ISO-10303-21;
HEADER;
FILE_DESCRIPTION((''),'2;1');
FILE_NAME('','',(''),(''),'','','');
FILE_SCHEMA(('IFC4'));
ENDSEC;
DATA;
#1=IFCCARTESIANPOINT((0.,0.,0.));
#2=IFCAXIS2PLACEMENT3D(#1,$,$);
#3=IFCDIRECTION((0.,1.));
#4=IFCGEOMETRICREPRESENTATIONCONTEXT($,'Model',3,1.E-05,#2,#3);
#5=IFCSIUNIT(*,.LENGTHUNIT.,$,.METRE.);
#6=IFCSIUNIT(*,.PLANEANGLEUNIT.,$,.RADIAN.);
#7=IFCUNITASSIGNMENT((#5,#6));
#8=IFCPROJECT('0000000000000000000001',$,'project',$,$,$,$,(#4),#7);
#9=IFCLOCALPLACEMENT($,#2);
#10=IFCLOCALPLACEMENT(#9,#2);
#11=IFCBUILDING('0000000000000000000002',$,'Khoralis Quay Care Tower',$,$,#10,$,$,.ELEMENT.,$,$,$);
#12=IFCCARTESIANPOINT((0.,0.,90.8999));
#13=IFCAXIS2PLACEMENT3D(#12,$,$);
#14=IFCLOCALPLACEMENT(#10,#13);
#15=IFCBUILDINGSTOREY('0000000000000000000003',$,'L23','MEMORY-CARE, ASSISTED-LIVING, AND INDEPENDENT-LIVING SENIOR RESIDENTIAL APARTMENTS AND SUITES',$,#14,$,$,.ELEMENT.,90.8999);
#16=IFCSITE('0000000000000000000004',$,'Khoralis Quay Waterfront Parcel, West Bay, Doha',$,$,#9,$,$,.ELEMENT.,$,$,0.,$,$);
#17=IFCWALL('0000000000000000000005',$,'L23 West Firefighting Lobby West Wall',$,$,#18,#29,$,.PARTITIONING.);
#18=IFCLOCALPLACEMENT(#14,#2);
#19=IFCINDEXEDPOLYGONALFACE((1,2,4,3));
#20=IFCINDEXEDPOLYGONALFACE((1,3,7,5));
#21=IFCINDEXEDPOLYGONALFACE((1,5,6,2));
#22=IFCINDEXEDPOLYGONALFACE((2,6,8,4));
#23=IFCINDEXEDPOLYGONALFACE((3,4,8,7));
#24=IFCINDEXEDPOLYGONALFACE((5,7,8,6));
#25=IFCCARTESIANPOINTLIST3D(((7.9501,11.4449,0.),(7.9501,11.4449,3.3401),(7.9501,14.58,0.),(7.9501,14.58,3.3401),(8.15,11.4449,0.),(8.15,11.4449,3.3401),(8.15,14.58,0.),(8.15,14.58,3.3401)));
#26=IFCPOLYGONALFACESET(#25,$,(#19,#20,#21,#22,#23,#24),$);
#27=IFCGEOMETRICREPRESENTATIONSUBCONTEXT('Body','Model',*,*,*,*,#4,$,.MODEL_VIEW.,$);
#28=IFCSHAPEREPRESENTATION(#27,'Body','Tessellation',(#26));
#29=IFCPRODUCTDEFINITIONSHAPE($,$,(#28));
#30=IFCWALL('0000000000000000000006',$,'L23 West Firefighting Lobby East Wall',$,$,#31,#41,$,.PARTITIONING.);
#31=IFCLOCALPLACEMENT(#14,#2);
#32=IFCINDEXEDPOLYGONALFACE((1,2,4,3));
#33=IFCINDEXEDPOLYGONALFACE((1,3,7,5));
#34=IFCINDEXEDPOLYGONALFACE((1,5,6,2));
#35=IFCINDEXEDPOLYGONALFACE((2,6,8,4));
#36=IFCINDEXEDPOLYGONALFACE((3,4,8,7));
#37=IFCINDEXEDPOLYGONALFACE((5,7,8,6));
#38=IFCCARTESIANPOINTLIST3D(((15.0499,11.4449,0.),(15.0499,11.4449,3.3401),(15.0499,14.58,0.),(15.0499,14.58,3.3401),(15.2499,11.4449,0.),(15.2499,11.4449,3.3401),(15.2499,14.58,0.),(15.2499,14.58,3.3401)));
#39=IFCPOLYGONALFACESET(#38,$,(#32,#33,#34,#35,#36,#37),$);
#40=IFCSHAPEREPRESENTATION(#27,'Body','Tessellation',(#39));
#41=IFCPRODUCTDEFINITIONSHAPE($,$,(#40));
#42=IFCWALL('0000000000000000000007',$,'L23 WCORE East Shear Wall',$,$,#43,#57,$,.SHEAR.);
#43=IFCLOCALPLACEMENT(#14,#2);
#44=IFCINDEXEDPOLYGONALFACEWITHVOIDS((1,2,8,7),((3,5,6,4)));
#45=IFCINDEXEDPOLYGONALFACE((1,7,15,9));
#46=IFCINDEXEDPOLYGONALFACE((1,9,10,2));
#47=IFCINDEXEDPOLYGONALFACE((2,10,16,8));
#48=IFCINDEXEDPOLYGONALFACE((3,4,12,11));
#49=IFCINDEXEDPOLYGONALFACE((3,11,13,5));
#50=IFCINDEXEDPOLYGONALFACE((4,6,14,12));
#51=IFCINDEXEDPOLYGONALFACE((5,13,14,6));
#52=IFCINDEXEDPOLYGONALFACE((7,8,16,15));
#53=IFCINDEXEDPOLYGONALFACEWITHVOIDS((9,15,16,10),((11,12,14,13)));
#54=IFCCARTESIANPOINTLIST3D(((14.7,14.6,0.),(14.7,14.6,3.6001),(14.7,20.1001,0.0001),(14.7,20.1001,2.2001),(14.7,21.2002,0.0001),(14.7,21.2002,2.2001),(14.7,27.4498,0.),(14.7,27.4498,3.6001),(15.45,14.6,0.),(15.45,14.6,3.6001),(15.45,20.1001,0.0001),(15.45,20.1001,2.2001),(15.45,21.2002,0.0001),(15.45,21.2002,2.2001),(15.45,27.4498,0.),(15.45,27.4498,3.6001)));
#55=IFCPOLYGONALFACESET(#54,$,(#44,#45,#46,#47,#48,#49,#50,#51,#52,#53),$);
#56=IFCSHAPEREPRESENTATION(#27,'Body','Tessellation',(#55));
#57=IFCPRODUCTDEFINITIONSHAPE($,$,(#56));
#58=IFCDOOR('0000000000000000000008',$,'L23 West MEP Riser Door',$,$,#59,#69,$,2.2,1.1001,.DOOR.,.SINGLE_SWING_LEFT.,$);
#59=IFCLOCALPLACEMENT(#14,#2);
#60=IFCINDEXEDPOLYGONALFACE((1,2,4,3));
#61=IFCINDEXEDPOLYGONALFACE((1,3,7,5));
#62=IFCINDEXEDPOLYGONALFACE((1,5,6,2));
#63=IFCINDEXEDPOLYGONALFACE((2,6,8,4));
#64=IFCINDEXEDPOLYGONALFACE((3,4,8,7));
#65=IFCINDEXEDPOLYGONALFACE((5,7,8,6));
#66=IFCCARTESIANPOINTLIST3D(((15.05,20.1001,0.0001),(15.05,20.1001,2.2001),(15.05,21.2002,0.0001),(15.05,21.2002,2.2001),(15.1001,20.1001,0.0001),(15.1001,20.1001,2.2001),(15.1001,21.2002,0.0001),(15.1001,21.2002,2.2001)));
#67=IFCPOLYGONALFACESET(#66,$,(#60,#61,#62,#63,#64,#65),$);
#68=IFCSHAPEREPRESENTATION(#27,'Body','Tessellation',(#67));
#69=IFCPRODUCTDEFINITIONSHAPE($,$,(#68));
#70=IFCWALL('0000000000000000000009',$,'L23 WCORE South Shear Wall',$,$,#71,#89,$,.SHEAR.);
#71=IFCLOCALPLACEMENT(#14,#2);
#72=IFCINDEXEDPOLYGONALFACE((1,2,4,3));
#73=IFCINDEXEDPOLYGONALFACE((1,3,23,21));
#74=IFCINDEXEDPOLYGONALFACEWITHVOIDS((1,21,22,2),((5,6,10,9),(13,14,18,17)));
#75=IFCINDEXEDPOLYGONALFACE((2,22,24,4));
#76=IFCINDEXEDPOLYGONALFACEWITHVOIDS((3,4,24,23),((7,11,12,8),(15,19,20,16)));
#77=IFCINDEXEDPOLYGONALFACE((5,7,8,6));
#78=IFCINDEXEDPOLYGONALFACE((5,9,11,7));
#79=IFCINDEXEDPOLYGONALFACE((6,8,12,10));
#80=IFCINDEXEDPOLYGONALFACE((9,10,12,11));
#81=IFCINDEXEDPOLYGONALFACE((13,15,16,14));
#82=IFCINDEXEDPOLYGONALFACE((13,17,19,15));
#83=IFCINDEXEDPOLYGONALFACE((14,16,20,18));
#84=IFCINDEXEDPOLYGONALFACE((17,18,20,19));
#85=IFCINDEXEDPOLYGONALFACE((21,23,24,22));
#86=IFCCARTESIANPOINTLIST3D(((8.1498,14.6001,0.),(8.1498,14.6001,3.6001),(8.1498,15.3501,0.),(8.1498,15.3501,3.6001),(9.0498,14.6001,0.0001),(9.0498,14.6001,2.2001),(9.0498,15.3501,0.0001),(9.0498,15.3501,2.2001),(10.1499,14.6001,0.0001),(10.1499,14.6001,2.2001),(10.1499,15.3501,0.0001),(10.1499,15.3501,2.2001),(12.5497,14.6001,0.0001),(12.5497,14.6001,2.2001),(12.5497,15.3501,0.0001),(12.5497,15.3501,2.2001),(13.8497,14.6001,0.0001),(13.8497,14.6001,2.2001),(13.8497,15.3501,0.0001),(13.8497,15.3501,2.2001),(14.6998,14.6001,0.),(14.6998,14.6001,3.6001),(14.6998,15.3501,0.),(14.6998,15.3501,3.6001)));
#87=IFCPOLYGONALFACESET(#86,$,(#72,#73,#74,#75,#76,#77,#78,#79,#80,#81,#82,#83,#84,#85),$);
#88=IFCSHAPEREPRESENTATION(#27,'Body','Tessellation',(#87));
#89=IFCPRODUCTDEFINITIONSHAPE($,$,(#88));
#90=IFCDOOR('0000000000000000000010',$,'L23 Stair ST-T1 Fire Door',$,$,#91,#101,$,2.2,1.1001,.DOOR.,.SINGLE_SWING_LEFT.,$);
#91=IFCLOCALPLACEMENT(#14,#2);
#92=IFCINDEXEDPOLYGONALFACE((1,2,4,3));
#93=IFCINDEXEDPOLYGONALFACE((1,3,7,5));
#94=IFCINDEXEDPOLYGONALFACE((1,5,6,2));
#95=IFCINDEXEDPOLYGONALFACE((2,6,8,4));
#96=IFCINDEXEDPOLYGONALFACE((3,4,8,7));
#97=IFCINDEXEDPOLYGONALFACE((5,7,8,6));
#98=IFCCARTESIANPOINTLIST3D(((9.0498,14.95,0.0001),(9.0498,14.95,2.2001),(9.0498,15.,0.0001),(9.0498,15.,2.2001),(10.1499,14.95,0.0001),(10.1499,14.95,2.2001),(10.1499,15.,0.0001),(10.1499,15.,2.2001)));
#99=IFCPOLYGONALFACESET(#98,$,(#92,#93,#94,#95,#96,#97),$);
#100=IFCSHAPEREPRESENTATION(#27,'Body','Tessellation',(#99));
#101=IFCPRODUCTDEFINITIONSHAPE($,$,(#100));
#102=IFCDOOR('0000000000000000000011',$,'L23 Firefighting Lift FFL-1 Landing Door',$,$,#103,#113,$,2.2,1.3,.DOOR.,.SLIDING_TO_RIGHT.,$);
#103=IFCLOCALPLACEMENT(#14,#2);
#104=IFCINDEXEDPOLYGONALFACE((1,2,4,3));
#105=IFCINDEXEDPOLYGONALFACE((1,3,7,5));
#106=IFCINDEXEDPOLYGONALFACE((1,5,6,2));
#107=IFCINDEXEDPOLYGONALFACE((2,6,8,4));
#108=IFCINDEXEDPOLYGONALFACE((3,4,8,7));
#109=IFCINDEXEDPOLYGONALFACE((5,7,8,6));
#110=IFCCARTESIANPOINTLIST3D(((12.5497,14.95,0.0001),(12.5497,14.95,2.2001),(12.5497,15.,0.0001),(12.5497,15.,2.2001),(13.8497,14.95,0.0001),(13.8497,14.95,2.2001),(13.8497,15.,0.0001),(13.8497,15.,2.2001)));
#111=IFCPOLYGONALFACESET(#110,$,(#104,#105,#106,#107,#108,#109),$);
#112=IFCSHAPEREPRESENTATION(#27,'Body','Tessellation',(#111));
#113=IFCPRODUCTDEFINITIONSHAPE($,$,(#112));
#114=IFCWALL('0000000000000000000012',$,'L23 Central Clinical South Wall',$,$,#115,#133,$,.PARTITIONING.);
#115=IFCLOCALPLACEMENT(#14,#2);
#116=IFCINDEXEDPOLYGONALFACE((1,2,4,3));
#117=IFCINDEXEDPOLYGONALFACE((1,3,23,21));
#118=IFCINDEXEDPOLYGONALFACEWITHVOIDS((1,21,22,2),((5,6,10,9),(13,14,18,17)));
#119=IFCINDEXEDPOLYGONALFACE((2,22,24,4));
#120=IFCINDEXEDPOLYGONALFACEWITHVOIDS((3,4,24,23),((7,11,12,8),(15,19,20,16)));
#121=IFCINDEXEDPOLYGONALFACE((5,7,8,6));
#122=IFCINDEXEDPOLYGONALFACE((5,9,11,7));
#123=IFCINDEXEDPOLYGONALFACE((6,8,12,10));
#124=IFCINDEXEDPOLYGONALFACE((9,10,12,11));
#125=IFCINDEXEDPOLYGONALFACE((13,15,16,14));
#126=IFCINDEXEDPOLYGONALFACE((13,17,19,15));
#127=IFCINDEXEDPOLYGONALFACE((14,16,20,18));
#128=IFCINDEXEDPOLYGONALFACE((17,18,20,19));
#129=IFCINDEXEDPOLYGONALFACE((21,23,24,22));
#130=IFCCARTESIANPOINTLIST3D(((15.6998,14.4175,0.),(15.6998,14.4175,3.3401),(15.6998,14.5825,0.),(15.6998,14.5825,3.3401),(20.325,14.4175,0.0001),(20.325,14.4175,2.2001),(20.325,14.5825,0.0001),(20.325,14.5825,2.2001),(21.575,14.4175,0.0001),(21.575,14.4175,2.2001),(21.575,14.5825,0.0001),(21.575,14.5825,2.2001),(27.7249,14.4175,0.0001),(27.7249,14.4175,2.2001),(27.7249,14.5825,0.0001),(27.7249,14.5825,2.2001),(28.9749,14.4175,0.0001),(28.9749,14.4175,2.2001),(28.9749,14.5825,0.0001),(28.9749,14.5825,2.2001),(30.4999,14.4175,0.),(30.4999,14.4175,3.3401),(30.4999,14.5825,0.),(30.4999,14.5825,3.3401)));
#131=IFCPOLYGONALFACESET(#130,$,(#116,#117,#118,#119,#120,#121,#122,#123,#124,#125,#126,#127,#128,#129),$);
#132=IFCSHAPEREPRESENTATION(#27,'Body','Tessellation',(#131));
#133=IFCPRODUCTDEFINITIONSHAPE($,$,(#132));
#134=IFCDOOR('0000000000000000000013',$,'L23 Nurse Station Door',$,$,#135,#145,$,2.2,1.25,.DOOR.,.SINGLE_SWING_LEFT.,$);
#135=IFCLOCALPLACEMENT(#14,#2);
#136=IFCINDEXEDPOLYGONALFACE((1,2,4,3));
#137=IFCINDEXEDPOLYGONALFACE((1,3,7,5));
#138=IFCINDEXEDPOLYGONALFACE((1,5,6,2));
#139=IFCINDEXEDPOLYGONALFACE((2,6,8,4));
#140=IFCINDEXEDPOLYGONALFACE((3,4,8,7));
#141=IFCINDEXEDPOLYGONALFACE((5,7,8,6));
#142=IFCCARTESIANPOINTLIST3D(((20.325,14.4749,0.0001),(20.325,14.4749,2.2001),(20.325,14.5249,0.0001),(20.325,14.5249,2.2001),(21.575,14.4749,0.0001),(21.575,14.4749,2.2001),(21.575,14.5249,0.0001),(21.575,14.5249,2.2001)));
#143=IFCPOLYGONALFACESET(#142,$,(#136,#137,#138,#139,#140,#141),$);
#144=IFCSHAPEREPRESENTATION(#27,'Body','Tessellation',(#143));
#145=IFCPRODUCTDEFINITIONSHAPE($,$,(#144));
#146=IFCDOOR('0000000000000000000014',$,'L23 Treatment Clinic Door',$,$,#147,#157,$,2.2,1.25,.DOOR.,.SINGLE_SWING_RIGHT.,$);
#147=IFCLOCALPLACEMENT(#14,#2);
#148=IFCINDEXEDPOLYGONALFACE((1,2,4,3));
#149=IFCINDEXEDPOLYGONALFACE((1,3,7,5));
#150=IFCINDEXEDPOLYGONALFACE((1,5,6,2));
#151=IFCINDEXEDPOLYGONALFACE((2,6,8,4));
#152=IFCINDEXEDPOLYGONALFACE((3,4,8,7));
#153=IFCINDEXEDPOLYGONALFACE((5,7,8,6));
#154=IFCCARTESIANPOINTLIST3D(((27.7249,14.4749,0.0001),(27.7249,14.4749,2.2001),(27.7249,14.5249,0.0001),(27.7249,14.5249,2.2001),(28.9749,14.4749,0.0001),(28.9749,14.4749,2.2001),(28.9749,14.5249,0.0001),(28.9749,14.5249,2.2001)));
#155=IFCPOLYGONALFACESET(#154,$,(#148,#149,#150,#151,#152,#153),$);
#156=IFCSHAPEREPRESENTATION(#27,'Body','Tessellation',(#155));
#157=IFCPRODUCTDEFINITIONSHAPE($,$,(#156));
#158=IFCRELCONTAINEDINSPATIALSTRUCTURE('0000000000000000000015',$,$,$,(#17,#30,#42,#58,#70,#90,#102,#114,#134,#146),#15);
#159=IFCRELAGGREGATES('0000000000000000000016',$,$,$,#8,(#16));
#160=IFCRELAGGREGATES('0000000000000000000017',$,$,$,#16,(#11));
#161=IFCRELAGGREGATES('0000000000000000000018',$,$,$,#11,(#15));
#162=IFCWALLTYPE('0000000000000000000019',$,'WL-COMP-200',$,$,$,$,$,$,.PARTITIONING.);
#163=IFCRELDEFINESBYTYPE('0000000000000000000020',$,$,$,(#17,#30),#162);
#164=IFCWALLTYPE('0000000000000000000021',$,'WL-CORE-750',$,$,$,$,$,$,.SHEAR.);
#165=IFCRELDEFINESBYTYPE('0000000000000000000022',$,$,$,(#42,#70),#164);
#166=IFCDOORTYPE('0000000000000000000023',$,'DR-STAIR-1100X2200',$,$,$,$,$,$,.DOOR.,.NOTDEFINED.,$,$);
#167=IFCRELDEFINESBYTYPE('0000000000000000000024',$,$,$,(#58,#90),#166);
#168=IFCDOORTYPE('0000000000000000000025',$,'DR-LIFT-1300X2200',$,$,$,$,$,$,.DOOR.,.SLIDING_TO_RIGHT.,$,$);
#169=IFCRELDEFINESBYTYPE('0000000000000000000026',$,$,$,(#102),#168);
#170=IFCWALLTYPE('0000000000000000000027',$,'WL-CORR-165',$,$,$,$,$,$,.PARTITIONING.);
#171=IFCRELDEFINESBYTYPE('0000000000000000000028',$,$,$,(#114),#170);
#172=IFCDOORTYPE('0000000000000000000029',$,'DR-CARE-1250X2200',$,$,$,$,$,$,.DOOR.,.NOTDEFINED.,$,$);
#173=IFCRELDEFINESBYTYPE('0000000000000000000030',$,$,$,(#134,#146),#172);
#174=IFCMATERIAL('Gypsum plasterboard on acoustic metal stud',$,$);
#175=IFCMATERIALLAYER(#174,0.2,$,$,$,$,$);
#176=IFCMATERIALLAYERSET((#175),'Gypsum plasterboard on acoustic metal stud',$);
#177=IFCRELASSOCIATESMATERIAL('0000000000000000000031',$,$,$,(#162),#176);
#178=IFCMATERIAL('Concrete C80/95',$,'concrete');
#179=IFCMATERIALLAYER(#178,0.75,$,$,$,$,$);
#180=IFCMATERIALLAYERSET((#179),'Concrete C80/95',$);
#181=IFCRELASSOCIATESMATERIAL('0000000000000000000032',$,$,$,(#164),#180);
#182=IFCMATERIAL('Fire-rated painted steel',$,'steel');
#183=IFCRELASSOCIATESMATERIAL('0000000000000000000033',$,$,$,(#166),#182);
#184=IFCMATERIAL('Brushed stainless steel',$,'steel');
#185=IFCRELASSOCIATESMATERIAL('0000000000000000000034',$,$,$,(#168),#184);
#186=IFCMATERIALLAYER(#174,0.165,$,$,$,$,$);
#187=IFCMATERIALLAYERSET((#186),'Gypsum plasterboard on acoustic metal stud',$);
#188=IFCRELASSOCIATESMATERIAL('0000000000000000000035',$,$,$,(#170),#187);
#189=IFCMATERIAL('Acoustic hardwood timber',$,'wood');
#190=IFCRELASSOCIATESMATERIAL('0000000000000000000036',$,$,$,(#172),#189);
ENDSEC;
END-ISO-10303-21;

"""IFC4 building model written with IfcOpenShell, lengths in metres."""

from ifc_helpers import new_model, si_unit, direction, frame, frame_2d, origin, place, context, subcontext, project, spatial, rectangle, extrude, source, transform, mapped, material, layer, layer_set, type_object, element, fill, save


model = new_model("IFC4")

# Units and contexts
model_context = context("Model", 3, precision=1e-05, world=origin(), true_north=direction((0.0, 1.0)))
body_context = subcontext(model_context, "Body", "Model", "MODEL_VIEW")
ifc_project = project(units=[si_unit("LENGTHUNIT", "METRE"), si_unit("PLANEANGLEUNIT", "RADIAN")], contexts=[model_context])

# Site, building, storey
site_placement = place(None, origin())
site = spatial("IfcSite", under=ifc_project, at=site_placement, Name="Khoralis Quay Waterfront Parcel, West Bay, Doha", CompositionType="ELEMENT", RefElevation=0.0)
building_placement = place(site_placement, origin())
building = spatial("IfcBuilding", under=site, at=building_placement, Name="Khoralis Quay Care Tower", CompositionType="ELEMENT")
storey_placement = place(building_placement, frame((0.0, 0.0, 90.8999)))
storey = spatial("IfcBuildingStorey", under=building, at=storey_placement, Name="L23", Description="MEMORY-CARE, ASSISTED-LIVING, AND INDEPENDENT-LIVING SENIOR RESIDENTIAL APARTMENTS AND SUITES", CompositionType="ELEMENT", Elevation=90.8999)

# Shared definitions
ifc_material_1 = material(Name="Concrete C80/95", Category="concrete")

# Walls
ifc_material_2 = material(Name="Gypsum plasterboard on acoustic metal stud")
ifc_layer_1 = layer(ifc_material_2, 0.2)
ifc_layer_set_1 = layer_set([ifc_layer_1], Name="Gypsum plasterboard on acoustic metal stud")
wall_type_1 = type_object("IfcWallType", Name="WL-COMP-200", PredefinedType="PARTITIONING", material=ifc_layer_set_1)
for number, where, z_axis, x_axis, name in (
    (1, (8.05, 11.4451, 0.0), (0.0, 0.0, 1.0), (0.0, 1.0, 0.0), "L23 West Firefighting Lobby West Wall"),
    (2, (15.1499, 11.4451, 0.0), (0.0, 0.0, 1.0), (0.0, 1.0, 0.0), "L23 West Firefighting Lobby East Wall"),
):
    element("IfcWall", number, at=place(storey_placement, frame(where, z_axis=z_axis, x_axis=x_axis)), inside=storey, type_object=wall_type_1, Name=name, PredefinedType="PARTITIONING", context=body_context, shape_type="SweptSolid", body=[
        extrude(rectangle(XDim=3.135, YDim=0.2, at=frame_2d((1.5674, 0.0))), origin(), (0.0, 0.0, 1.0), 3.3401),
    ])

# Wall, opening, door
ifc_layer_2 = layer(ifc_material_1, 0.75)
ifc_layer_set_2 = layer_set([ifc_layer_2], Name="Concrete C80/95")
wall_type_2 = type_object("IfcWallType", Name="WL-CORE-750", PredefinedType="SHEAR", material=ifc_layer_set_2)
wall_1_placement = place(storey_placement, frame((15.075, 14.6001, 0.0), z_axis=(0.0, 0.0, 1.0), x_axis=(0.0, 1.0, 0.0)))
wall_1 = element("IfcWall", 3, at=wall_1_placement, inside=storey, type_object=wall_type_2, Name="L23 WCORE East Shear Wall", PredefinedType="SHEAR", context=body_context, shape_type="SweptSolid", body=[
    extrude(rectangle(XDim=12.8499, YDim=0.75, at=frame_2d((6.4248, 0.0))), origin(), (0.0, 0.0, 1.0), 3.6001),
])
opening_1_placement = place(wall_1_placement, frame((5.5, 0.0, 0.0)))
opening_1 = element("IfcOpeningElement", 4, at=opening_1_placement, cuts=wall_1, PredefinedType="OPENING", context=body_context, shape_type="SweptSolid", body=[
    extrude(rectangle(XDim=1.1001, YDim=2.2, at=frame_2d((0.55, 1.1001))), frame((0.0, 0.385, 0.0), z_axis=(0.0, -1.0, 0.0), x_axis=(1.0, 0.0, 0.0)), (0.0, 0.0, 1.0), 0.77),
])
ifc_material_3 = material(Name="Fire-rated painted steel", Category="steel")
door_type_1 = type_object("IfcDoorType", Name="DR-STAIR-1100X2200", OperationType="NOTDEFINED", PredefinedType="DOOR", material=ifc_material_3)
shared_shape_1 = source(origin(), body_context, "Body", "SweptSolid", [
    extrude(rectangle(XDim=1.1001, YDim=2.2, at=frame_2d((0.55, 1.1001))), frame((0.0, 0.0249, 0.0), z_axis=(0.0, -1.0, 0.0), x_axis=(1.0, 0.0, 0.0)), (0.0, 0.0, 1.0), 0.05),
])
door_1_placement = place(opening_1_placement, origin())
door_1 = element("IfcDoor", 5, at=door_1_placement, inside=storey, type_object=door_type_1, Name="L23 West MEP Riser Door", OperationType="SINGLE_SWING_LEFT", OverallHeight=2.2, OverallWidth=1.1001, PredefinedType="DOOR", context=body_context, shape_type="MappedRepresentation", body=[
    mapped(shared_shape_1, transform((0.0, 0.0, 0.0), scale=1.0)),
])
fill(opening_1, door_1)

# Walls, openings, doors
wall_2_placement = place(storey_placement, frame((8.1499, 14.9751, 0.0), z_axis=(0.0, 0.0, 1.0), x_axis=(1.0, 0.0, 0.0)))
wall_2 = element("IfcWall", 6, at=wall_2_placement, inside=storey, type_object=wall_type_2, Name="L23 WCORE South Shear Wall", PredefinedType="SHEAR", context=body_context, shape_type="SweptSolid", body=[
    extrude(rectangle(XDim=6.55, YDim=0.75, at=frame_2d((3.2749, 0.0))), origin(), (0.0, 0.0, 1.0), 3.6001),
])
opening_2_placement = place(wall_2_placement, frame((0.8999, 0.0, 0.0)))
opening_2 = element("IfcOpeningElement", 7, at=opening_2_placement, cuts=wall_2, PredefinedType="OPENING", context=body_context, shape_type="SweptSolid", body=[
    extrude(rectangle(XDim=1.1001, YDim=2.2, at=frame_2d((0.55, 1.1001))), frame((0.0, 0.385, 0.0), z_axis=(0.0, -1.0, 0.0), x_axis=(1.0, 0.0, 0.0)), (0.0, 0.0, 1.0), 0.77),
])
opening_3_placement = place(wall_2_placement, frame((4.3999, 0.0, 0.0)))
opening_3 = element("IfcOpeningElement", 8, at=opening_3_placement, cuts=wall_2, PredefinedType="OPENING", context=body_context, shape_type="SweptSolid", body=[
    extrude(rectangle(XDim=1.3, YDim=2.2, at=frame_2d((0.6499, 1.1001))), frame((0.0, 0.385, 0.0), z_axis=(0.0, -1.0, 0.0), x_axis=(1.0, 0.0, 0.0)), (0.0, 0.0, 1.0), 0.77),
])
door_2_placement = place(opening_2_placement, origin())
door_2 = element("IfcDoor", 9, at=door_2_placement, inside=storey, type_object=door_type_1, Name="L23 Stair ST-T1 Fire Door", OperationType="SINGLE_SWING_LEFT", OverallHeight=2.2, OverallWidth=1.1001, PredefinedType="DOOR", context=body_context, shape_type="MappedRepresentation", body=[
    mapped(shared_shape_1, transform((0.0, 0.0, 0.0), scale=1.0)),
])
fill(opening_2, door_2)
ifc_material_4 = material(Name="Brushed stainless steel", Category="steel")
door_type_2 = type_object("IfcDoorType", Name="DR-LIFT-1300X2200", OperationType="SLIDING_TO_RIGHT", PredefinedType="DOOR", material=ifc_material_4)
shared_shape_2 = source(origin(), body_context, "Body", "SweptSolid", [
    extrude(rectangle(XDim=1.3, YDim=2.2, at=frame_2d((0.6499, 1.1001))), frame((0.0, 0.0249, 0.0), z_axis=(0.0, -1.0, 0.0), x_axis=(1.0, 0.0, 0.0)), (0.0, 0.0, 1.0), 0.05),
])
door_3_placement = place(opening_3_placement, origin())
door_3 = element("IfcDoor", 10, at=door_3_placement, inside=storey, type_object=door_type_2, Name="L23 Firefighting Lift FFL-1 Landing Door", OperationType="SLIDING_TO_RIGHT", OverallHeight=2.2, OverallWidth=1.3, PredefinedType="DOOR", context=body_context, shape_type="MappedRepresentation", body=[
    mapped(shared_shape_2, transform((0.0, 0.0, 0.0), scale=1.0)),
])
fill(opening_3, door_3)
ifc_layer_3 = layer(ifc_material_2, 0.165)
ifc_layer_set_3 = layer_set([ifc_layer_3], Name="Gypsum plasterboard on acoustic metal stud")
wall_type_3 = type_object("IfcWallType", Name="WL-CORR-165", PredefinedType="PARTITIONING", material=ifc_layer_set_3)
wall_3_placement = place(storey_placement, frame((15.7, 14.5, 0.0), z_axis=(0.0, 0.0, 1.0), x_axis=(1.0, 0.0, 0.0)))
wall_3 = element("IfcWall", 11, at=wall_3_placement, inside=storey, type_object=wall_type_3, Name="L23 Central Clinical South Wall", PredefinedType="PARTITIONING", context=body_context, shape_type="SweptSolid", body=[
    extrude(rectangle(XDim=14.8, YDim=0.165, at=frame_2d((7.3999, 0.0))), origin(), (0.0, 0.0, 1.0), 3.3401),
])
opening_4_placement = place(wall_3_placement, frame((4.625, 0.0, 0.0)))
opening_4 = element("IfcOpeningElement", 12, at=opening_4_placement, cuts=wall_3, PredefinedType="OPENING", context=body_context, shape_type="SweptSolid", body=[
    extrude(rectangle(XDim=1.25, YDim=2.2, at=frame_2d((0.625, 1.1001))), frame((0.0, 0.0925, 0.0), z_axis=(0.0, -1.0, 0.0), x_axis=(1.0, 0.0, 0.0)), (0.0, 0.0, 1.0), 0.1851),
])
opening_5_placement = place(wall_3_placement, frame((12.0249, 0.0, 0.0)))
opening_5 = element("IfcOpeningElement", 13, at=opening_5_placement, cuts=wall_3, PredefinedType="OPENING", context=body_context, shape_type="SweptSolid", body=[
    extrude(rectangle(XDim=1.25, YDim=2.2, at=frame_2d((0.625, 1.1001))), frame((0.0, 0.0925, 0.0), z_axis=(0.0, -1.0, 0.0), x_axis=(1.0, 0.0, 0.0)), (0.0, 0.0, 1.0), 0.1851),
])
ifc_material_5 = material(Name="Acoustic hardwood timber", Category="wood")
door_type_3 = type_object("IfcDoorType", Name="DR-CARE-1250X2200", OperationType="NOTDEFINED", PredefinedType="DOOR", material=ifc_material_5)
shared_shape_3 = source(origin(), body_context, "Body", "SweptSolid", [
    extrude(rectangle(XDim=1.25, YDim=2.2, at=frame_2d((0.625, 1.1001))), frame((0.0, 0.0249, 0.0), z_axis=(0.0, -1.0, 0.0), x_axis=(1.0, 0.0, 0.0)), (0.0, 0.0, 1.0), 0.05),
])
door_4_placement = place(opening_4_placement, origin())
door_4 = element("IfcDoor", 14, at=door_4_placement, inside=storey, type_object=door_type_3, Name="L23 Nurse Station Door", OperationType="SINGLE_SWING_LEFT", OverallHeight=2.2, OverallWidth=1.25, PredefinedType="DOOR", context=body_context, shape_type="MappedRepresentation", body=[
    mapped(shared_shape_3, transform((0.0, 0.0, 0.0), scale=1.0)),
])
fill(opening_4, door_4)
door_5_placement = place(opening_5_placement, origin())
door_5 = element("IfcDoor", 15, at=door_5_placement, inside=storey, type_object=door_type_3, Name="L23 Treatment Clinic Door", OperationType="SINGLE_SWING_RIGHT", OverallHeight=2.2, OverallWidth=1.25, PredefinedType="DOOR", context=body_context, shape_type="MappedRepresentation", body=[
    mapped(shared_shape_3, transform((0.0, 0.0, 0.0), scale=1.0)),
])
fill(opening_5, door_5)

save(model, "model.ifc")
